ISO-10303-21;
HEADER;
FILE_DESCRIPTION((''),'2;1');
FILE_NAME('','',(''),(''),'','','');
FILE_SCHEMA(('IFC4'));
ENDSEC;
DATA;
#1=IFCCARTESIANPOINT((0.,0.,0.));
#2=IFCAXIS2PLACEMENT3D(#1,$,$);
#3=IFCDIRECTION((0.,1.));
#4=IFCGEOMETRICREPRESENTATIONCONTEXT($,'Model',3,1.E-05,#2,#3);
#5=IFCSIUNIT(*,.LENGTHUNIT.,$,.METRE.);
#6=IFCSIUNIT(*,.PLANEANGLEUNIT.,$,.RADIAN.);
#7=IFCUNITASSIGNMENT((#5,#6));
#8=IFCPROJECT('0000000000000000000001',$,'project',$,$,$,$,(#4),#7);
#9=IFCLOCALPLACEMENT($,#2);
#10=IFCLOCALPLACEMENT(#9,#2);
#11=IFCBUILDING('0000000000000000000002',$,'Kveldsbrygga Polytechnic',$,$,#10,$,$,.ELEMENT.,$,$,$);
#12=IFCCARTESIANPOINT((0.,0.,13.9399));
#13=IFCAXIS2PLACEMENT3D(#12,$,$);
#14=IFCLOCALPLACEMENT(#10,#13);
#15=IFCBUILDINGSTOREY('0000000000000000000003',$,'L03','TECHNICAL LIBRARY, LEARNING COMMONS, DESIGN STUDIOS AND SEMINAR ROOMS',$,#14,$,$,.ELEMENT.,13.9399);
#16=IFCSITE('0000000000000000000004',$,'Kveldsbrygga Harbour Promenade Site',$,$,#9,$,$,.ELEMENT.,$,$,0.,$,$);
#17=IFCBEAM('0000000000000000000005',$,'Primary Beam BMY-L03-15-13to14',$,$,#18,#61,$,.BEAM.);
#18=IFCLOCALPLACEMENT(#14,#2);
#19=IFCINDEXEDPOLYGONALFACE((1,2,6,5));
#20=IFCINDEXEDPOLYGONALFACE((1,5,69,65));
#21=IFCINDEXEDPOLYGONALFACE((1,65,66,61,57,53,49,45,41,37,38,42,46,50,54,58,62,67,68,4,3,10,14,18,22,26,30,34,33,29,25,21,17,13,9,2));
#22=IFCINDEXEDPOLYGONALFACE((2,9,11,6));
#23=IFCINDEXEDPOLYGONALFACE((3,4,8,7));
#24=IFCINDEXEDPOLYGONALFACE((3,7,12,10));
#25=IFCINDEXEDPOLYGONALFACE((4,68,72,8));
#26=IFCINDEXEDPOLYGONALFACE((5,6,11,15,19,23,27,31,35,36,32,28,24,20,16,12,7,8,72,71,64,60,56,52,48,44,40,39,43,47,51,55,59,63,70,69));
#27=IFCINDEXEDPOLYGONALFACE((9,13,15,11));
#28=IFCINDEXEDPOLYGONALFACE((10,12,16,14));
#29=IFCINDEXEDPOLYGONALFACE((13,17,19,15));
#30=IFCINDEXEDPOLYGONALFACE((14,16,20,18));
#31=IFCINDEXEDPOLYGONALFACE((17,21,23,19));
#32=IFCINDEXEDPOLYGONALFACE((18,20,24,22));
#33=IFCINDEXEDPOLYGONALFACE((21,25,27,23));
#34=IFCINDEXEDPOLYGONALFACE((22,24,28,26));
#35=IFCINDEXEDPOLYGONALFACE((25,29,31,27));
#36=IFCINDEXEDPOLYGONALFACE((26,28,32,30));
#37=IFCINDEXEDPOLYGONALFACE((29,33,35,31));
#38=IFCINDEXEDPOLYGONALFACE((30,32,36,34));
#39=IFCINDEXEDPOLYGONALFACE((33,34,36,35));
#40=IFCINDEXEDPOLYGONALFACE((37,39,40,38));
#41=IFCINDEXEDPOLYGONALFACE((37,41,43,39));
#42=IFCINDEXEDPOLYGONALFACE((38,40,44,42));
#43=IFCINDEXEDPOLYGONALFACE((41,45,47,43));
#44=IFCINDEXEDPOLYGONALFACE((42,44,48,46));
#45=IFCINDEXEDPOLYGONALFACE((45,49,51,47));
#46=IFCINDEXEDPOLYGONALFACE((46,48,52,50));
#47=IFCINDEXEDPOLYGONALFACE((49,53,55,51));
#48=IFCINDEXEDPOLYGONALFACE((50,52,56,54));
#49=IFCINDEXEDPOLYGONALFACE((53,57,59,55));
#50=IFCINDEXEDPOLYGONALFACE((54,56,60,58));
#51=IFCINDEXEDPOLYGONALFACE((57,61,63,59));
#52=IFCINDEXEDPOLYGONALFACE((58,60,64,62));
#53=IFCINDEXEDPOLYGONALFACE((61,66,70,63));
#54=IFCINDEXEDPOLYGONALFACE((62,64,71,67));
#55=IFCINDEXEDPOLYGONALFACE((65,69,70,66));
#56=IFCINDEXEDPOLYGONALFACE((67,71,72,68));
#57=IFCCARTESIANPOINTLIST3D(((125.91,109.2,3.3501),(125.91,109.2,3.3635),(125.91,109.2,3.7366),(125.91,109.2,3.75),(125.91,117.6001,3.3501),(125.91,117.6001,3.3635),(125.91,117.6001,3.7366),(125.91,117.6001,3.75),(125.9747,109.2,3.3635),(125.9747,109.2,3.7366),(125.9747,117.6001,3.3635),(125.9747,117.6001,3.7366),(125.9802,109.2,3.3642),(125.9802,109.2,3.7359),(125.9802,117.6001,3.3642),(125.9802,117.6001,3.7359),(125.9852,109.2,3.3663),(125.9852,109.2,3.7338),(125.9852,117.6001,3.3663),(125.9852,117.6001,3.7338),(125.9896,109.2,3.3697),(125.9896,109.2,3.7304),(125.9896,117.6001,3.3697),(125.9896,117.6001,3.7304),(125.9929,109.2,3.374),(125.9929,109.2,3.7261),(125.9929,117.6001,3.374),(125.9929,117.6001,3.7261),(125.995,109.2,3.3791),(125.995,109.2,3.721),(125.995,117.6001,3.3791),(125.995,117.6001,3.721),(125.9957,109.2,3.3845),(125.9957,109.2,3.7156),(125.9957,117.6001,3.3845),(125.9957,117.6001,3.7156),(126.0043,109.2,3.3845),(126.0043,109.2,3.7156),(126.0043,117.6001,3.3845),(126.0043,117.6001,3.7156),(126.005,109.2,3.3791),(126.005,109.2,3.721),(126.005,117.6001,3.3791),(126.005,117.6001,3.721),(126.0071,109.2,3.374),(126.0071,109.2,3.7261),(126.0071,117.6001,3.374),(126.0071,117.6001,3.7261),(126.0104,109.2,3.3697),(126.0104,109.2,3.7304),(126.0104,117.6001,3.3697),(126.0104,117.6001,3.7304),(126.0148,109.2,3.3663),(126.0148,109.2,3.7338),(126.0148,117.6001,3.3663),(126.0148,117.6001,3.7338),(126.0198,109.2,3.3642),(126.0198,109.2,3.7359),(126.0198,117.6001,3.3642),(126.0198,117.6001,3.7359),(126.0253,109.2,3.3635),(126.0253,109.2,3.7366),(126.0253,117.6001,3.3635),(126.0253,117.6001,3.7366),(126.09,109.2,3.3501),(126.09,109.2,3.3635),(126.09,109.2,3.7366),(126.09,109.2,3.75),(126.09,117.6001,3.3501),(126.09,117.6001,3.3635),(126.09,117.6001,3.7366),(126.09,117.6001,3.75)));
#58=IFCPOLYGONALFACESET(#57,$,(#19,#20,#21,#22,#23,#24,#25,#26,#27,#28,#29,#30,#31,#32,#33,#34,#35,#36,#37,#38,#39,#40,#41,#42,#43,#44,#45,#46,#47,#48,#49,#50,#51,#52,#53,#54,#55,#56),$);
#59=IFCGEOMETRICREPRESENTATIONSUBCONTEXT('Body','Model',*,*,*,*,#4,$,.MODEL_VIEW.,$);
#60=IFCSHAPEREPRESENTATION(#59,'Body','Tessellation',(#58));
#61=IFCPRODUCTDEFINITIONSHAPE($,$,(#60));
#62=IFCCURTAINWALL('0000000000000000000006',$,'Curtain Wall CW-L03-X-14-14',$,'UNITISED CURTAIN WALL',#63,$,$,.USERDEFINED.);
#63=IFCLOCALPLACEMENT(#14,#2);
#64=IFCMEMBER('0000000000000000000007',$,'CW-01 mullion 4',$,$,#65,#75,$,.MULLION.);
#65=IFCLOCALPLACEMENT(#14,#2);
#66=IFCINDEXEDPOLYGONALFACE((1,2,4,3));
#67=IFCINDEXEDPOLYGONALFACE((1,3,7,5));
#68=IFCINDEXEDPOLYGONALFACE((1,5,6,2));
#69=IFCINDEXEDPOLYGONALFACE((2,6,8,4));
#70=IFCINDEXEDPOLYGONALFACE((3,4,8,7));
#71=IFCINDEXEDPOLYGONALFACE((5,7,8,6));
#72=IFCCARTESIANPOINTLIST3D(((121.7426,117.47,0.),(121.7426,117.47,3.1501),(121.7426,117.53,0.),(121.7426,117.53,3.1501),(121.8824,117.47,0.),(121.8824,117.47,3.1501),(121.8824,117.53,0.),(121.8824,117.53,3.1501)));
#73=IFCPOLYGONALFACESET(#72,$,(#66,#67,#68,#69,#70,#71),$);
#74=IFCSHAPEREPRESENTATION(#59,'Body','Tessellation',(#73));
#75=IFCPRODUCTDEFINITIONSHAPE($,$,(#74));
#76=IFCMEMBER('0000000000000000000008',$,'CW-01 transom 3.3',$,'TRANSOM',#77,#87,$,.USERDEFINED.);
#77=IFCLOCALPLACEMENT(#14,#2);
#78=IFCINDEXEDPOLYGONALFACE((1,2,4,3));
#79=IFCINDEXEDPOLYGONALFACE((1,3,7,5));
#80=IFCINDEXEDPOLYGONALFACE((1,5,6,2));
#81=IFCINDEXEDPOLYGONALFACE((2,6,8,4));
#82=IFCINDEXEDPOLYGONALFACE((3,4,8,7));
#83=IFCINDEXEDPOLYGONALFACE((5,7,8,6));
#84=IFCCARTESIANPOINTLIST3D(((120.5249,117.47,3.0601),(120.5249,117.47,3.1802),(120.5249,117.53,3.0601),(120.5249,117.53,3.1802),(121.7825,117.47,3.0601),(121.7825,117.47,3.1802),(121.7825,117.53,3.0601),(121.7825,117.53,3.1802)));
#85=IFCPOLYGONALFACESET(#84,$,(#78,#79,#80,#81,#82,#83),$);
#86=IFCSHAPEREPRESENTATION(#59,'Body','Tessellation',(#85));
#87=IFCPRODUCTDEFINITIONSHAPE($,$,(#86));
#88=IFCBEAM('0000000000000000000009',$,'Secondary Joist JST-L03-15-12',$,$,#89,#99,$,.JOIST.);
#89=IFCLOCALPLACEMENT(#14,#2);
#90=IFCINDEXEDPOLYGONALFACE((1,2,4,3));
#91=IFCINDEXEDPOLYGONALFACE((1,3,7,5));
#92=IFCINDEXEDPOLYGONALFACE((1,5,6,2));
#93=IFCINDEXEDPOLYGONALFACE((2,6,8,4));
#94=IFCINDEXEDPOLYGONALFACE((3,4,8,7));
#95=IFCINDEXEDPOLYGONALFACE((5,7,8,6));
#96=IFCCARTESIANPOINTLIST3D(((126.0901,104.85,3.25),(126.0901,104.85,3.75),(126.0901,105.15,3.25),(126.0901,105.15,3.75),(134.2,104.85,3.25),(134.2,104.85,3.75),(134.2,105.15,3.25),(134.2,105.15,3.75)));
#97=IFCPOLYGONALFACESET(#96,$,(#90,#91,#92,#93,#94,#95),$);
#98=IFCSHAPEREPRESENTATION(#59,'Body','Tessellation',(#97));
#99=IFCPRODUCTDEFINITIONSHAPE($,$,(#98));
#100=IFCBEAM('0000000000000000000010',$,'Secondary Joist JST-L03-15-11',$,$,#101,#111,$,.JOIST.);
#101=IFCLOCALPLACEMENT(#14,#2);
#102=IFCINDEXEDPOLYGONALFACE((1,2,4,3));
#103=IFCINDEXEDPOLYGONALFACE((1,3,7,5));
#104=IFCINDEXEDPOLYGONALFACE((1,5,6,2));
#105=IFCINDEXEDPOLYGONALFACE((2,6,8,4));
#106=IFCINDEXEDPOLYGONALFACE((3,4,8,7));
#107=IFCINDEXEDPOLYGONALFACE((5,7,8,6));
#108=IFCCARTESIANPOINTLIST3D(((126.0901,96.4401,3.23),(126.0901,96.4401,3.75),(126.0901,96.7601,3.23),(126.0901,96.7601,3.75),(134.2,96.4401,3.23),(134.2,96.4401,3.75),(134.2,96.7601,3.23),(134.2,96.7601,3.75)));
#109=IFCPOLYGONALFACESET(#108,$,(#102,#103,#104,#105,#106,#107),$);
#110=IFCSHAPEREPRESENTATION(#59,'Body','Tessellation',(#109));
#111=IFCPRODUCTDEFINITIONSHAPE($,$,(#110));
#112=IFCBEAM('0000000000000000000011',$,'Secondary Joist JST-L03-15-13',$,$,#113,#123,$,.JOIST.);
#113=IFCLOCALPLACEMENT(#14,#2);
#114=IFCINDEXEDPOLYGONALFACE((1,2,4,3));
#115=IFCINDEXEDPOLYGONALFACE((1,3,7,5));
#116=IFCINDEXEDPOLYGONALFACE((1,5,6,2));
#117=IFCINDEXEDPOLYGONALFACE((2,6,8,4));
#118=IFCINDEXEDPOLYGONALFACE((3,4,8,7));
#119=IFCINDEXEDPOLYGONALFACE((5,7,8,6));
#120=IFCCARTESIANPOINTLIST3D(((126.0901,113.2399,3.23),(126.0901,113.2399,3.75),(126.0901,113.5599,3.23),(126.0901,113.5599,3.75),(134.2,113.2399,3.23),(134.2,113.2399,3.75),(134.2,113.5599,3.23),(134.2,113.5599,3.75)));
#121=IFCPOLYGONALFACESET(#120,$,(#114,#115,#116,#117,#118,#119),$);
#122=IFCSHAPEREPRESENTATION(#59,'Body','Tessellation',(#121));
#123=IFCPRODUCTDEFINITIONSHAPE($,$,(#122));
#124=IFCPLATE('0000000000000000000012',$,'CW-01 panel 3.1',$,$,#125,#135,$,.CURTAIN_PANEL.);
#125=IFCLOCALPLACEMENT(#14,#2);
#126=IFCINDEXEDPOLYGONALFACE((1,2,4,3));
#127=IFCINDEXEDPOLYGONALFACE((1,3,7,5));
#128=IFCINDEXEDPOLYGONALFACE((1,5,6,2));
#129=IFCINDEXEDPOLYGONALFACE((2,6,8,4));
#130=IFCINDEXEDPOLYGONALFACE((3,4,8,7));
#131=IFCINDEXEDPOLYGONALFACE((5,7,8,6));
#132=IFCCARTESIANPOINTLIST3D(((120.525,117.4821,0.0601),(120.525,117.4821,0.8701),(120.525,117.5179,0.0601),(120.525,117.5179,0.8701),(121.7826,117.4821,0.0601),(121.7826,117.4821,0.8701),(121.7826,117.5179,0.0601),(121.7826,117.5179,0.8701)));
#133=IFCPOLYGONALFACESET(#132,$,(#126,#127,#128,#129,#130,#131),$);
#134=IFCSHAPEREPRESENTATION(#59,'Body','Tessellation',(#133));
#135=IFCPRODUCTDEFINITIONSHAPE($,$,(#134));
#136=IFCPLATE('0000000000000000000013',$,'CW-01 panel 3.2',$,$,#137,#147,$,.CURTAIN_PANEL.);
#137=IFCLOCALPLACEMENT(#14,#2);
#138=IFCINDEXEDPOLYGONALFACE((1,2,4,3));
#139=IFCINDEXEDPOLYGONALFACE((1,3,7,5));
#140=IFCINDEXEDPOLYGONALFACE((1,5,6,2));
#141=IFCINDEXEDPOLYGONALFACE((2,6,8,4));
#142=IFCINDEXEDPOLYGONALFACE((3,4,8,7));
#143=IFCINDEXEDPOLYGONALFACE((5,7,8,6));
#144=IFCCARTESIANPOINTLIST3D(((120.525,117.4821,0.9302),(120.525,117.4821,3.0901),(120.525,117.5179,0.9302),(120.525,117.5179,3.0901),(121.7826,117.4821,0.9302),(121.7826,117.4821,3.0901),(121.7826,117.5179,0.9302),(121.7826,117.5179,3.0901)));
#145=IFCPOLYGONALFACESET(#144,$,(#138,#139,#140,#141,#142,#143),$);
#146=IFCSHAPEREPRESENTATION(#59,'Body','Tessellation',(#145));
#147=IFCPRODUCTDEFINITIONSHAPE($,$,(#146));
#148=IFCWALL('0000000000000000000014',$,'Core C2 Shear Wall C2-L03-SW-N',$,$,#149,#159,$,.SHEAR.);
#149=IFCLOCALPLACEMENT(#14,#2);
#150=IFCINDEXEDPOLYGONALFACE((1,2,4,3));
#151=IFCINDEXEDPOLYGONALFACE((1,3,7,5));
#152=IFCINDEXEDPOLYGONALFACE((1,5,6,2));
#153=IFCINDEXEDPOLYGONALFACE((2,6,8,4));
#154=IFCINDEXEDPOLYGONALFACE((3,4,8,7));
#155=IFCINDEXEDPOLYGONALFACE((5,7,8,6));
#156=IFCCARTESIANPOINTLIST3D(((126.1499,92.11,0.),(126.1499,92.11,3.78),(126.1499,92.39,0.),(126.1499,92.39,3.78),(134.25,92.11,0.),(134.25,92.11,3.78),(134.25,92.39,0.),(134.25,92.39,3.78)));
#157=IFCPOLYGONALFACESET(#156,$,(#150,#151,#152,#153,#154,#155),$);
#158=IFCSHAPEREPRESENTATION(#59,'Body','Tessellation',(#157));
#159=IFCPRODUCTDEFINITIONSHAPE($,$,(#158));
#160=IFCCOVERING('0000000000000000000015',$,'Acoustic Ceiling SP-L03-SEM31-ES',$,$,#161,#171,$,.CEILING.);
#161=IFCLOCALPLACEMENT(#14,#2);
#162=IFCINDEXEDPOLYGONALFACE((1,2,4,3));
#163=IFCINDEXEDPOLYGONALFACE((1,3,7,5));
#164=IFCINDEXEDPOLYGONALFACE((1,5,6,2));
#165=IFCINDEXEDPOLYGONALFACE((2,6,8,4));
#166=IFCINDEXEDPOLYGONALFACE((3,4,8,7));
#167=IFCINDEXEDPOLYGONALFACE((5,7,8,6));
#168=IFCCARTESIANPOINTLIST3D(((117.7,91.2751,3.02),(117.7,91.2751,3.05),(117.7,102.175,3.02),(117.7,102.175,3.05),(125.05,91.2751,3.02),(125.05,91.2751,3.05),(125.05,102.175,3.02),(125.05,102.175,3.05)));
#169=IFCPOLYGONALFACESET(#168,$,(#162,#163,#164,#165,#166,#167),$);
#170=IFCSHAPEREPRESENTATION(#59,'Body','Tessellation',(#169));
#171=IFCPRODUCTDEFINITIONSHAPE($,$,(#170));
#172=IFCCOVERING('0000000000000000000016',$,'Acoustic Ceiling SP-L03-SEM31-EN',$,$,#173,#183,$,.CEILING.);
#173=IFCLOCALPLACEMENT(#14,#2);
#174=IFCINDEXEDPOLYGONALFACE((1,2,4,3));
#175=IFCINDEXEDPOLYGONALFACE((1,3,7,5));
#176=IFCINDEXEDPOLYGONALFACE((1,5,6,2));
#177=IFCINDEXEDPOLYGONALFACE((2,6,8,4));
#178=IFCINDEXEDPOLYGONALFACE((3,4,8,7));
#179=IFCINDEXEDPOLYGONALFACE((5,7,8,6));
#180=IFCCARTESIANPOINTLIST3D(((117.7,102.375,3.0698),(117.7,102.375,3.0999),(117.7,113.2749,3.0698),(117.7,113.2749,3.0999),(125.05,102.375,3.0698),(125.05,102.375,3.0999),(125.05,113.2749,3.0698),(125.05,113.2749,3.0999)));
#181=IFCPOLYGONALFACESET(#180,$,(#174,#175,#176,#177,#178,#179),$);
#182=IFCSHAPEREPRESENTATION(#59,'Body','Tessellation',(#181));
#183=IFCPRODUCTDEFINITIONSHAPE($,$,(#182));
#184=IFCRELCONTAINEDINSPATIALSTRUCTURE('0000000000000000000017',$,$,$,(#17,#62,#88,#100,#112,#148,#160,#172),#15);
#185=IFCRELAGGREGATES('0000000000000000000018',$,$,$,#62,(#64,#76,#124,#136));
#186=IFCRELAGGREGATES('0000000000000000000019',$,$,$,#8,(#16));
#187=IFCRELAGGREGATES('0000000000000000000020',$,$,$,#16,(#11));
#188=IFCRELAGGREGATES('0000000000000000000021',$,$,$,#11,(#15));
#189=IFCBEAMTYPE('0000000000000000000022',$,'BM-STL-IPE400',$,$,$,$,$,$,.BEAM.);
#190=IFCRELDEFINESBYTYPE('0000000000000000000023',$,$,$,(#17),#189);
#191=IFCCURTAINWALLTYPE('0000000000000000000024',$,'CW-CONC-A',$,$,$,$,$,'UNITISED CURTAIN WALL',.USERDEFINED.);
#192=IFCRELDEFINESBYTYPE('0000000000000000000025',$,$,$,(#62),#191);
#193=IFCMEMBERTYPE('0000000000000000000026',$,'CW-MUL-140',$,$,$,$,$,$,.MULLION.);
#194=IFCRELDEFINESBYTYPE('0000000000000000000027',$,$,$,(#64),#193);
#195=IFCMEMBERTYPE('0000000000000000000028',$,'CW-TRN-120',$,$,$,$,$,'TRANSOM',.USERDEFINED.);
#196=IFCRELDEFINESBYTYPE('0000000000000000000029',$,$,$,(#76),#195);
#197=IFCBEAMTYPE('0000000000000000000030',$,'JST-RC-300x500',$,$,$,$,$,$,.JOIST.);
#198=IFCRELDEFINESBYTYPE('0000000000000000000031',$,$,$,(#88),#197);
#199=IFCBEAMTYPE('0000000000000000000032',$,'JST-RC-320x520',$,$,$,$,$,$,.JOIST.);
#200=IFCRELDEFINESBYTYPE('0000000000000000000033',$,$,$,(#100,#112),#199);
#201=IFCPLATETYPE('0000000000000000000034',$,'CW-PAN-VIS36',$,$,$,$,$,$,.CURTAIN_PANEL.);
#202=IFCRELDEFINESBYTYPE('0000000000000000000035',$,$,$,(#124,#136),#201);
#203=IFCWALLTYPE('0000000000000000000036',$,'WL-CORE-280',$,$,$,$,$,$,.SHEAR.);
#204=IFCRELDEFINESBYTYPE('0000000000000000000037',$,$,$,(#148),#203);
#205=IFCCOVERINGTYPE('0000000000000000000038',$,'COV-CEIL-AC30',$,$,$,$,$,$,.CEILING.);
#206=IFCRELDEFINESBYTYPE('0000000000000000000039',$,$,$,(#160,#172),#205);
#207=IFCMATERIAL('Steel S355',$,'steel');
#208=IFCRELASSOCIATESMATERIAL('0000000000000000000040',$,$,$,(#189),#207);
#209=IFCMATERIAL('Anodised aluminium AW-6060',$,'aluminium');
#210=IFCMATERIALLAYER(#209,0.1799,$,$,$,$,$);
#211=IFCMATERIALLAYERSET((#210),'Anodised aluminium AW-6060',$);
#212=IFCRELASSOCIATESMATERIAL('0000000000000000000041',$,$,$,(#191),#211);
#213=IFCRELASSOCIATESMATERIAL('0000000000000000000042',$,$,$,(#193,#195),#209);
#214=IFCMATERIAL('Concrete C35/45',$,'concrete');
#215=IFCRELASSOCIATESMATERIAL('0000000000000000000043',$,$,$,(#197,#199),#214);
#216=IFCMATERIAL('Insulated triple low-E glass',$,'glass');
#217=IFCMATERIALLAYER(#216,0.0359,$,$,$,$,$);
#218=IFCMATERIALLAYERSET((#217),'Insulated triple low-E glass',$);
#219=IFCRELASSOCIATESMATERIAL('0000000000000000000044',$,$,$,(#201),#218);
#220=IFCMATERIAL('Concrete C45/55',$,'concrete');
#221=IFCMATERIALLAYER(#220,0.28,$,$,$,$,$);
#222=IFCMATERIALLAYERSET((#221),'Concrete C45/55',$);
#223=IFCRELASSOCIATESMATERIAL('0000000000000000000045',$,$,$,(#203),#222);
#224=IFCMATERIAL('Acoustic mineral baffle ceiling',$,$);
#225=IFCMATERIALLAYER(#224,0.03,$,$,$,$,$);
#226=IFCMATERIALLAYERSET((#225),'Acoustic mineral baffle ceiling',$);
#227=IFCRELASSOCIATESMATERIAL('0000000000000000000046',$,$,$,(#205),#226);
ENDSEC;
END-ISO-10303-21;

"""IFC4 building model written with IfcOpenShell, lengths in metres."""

from ifc_helpers import new_model, si_unit, direction, frame, frame_2d, origin, origin_2d, place, context, subcontext, project, spatial, rectangle, i_section, extrude, material, layer, layer_set, material_profile, profile_set, type_object, element, aggregate, save


model = new_model("IFC4")

# Units and contexts
model_context = context("Model", 3, precision=1e-05, world=origin(), true_north=direction((0.0, 1.0)))
body_context = subcontext(model_context, "Body", "Model", "MODEL_VIEW")
ifc_project = project(units=[si_unit("LENGTHUNIT", "METRE"), si_unit("PLANEANGLEUNIT", "RADIAN")], contexts=[model_context])

# Site, building, storey
site_placement = place(None, origin())
site = spatial("IfcSite", under=ifc_project, at=site_placement, Name="Kveldsbrygga Harbour Promenade Site", CompositionType="ELEMENT", RefElevation=0.0)
building_placement = place(site_placement, origin())
building = spatial("IfcBuilding", under=site, at=building_placement, Name="Kveldsbrygga Polytechnic", CompositionType="ELEMENT")
storey_placement = place(building_placement, frame((0.0, 0.0, 13.9399)))
storey = spatial("IfcBuildingStorey", under=building, at=storey_placement, Name="L03", Description="TECHNICAL LIBRARY, LEARNING COMMONS, DESIGN STUDIOS AND SEMINAR ROOMS", CompositionType="ELEMENT", Elevation=13.9399)

# Shared definitions
ifc_material_1 = material(Name="Concrete C45/55", Category="concrete")

# Beam
ifc_material_2 = material(Name="Concrete C35/45", Category="concrete")
ifc_material_3 = material(Name="Steel S355", Category="steel")
ifc_material_profile_1 = material_profile(ifc_material_3, i_section(OverallWidth=0.1799, OverallDepth=0.3999, WebThickness=0.0085, FlangeThickness=0.0134, FilletRadius=0.021, at=origin_2d()), Name="IPE 400")
ifc_profile_set_1 = profile_set([ifc_material_profile_1], Name="Steel S355")
beam_type_1 = type_object("IfcBeamType", Name="BM-STL-IPE400", PredefinedType="BEAM", material=ifc_profile_set_1)
beam_1_placement = place(storey_placement, frame((126.0, 109.2, 3.55), z_axis=(0.0, 1.0, 0.0), x_axis=(-1.0, 0.0, 0.0)))
element("IfcBeam", 1, at=beam_1_placement, inside=storey, type_object=beam_type_1, Name="Primary Beam BMY-L03-15-13to14", PredefinedType="BEAM", context=body_context, shape_type="SweptSolid", body=[
    extrude(i_section(OverallWidth=0.1799, OverallDepth=0.3999, WebThickness=0.0085, FlangeThickness=0.0134, FilletRadius=0.021, at=origin_2d()), origin(), (0.0, 0.0, 1.0), 8.4001),
])

# Curtain wall, members
ifc_material_4 = material(Name="Anodised aluminium AW-6060", Category="aluminium")
ifc_layer_1 = layer(ifc_material_4, 0.1799)
ifc_layer_set_1 = layer_set([ifc_layer_1], Name="Anodised aluminium AW-6060")
curtain_wall_type = type_object("IfcCurtainWallType", Name="CW-CONC-A", ElementType="UNITISED CURTAIN WALL", PredefinedType="USERDEFINED", material=ifc_layer_set_1)
curtain_wall_placement = place(storey_placement, origin())
curtain_wall = element("IfcCurtainWall", 2, at=curtain_wall_placement, inside=storey, type_object=curtain_wall_type, Name="Curtain Wall CW-L03-X-14-14", ObjectType="UNITISED CURTAIN WALL", PredefinedType="USERDEFINED")
ifc_material_profile_2 = material_profile(ifc_material_4, rectangle(XDim=0.0601, YDim=0.1399, at=origin_2d()), Name="ALU 60x140")
ifc_profile_set_2 = profile_set([ifc_material_profile_2], Name="Anodised aluminium AW-6060")
member_type_1 = type_object("IfcMemberType", Name="CW-MUL-140", PredefinedType="MULLION", material=ifc_profile_set_2)
member_1_placement = place(storey_placement, frame((121.8125, 117.5, 0.0), z_axis=(0.0, 0.0, 1.0), x_axis=(0.0, 1.0, 0.0)))
member_1 = element("IfcMember", 3, at=member_1_placement, type_object=member_type_1, Name="CW-01 mullion 4", PredefinedType="MULLION", context=body_context, shape_type="SweptSolid", body=[
    extrude(rectangle(XDim=0.0601, YDim=0.1399, at=origin_2d()), origin(), (0.0, 0.0, 1.0), 3.1501),
])
ifc_material_profile_3 = material_profile(ifc_material_4, rectangle(XDim=0.0601, YDim=0.1201, at=origin_2d()), Name="ALU 60x120")
ifc_profile_set_3 = profile_set([ifc_material_profile_3], Name="Anodised aluminium AW-6060")
member_type_2 = type_object("IfcMemberType", Name="CW-TRN-120", ElementType="TRANSOM", PredefinedType="USERDEFINED", material=ifc_profile_set_3)
member_2_placement = place(storey_placement, frame((120.5249, 117.5, 3.1201), z_axis=(1.0, 0.0, 0.0), x_axis=(0.0, 1.0, 0.0)))
member_2 = element("IfcMember", 4, at=member_2_placement, type_object=member_type_2, Name="CW-01 transom 3.3", ObjectType="TRANSOM", PredefinedType="USERDEFINED", context=body_context, shape_type="SweptSolid", body=[
    extrude(rectangle(XDim=0.0601, YDim=0.1201, at=origin_2d()), origin(), (0.0, 0.0, 1.0), 1.2576),
])

# Beams
ifc_material_profile_4 = material_profile(ifc_material_2, rectangle(XDim=0.3, YDim=0.5, at=origin_2d()), Name="RC 300x500")
ifc_profile_set_4 = profile_set([ifc_material_profile_4], Name="Concrete C35/45")
beam_type_2 = type_object("IfcBeamType", Name="JST-RC-300x500", PredefinedType="JOIST", material=ifc_profile_set_4)
beam_2_placement = place(storey_placement, frame((126.0901, 105.0, 3.5), z_axis=(1.0, 0.0, 0.0), x_axis=(0.0, 1.0, 0.0)))
element("IfcBeam", 5, at=beam_2_placement, inside=storey, type_object=beam_type_2, Name="Secondary Joist JST-L03-15-12", PredefinedType="JOIST", context=body_context, shape_type="SweptSolid", body=[
    extrude(rectangle(XDim=0.3, YDim=0.5, at=origin_2d()), origin(), (0.0, 0.0, 1.0), 8.1099),
])
ifc_material_profile_5 = material_profile(ifc_material_2, rectangle(XDim=0.3201, YDim=0.52, at=origin_2d()), Name="RC 320x520")
ifc_profile_set_5 = profile_set([ifc_material_profile_5], Name="Concrete C35/45")
beam_type_3 = type_object("IfcBeamType", Name="JST-RC-320x520", PredefinedType="JOIST", material=ifc_profile_set_5)
for number, where, z_axis, x_axis, name in (
    (6, (126.0901, 96.6001, 3.49), (1.0, 0.0, 0.0), (0.0, 1.0, 0.0), "Secondary Joist JST-L03-15-11"),
    (7, (126.0901, 113.3999, 3.49), (1.0, 0.0, 0.0), (0.0, 1.0, 0.0), "Secondary Joist JST-L03-15-13"),
):
    element("IfcBeam", number, at=place(storey_placement, frame(where, z_axis=z_axis, x_axis=x_axis)), inside=storey, type_object=beam_type_3, Name=name, PredefinedType="JOIST", context=body_context, shape_type="SweptSolid", body=[
        extrude(rectangle(XDim=0.3201, YDim=0.52, at=origin_2d()), origin(), (0.0, 0.0, 1.0), 8.1099),
    ])

# Plates
ifc_material_5 = material(Name="Insulated triple low-E glass", Category="glass")
ifc_layer_2 = layer(ifc_material_5, 0.0359)
ifc_layer_set_2 = layer_set([ifc_layer_2], Name="Insulated triple low-E glass")
plate_type = type_object("IfcPlateType", Name="CW-PAN-VIS36", PredefinedType="CURTAIN_PANEL", material=ifc_layer_set_2)
plate_1_placement = place(storey_placement, frame((121.1538, 117.5, 0.0601), z_axis=(0.0, 0.0, 1.0), x_axis=(1.0, 0.0, 0.0)))
plate_1 = element("IfcPlate", 8, at=plate_1_placement, type_object=plate_type, Name="CW-01 panel 3.1", PredefinedType="CURTAIN_PANEL", context=body_context, shape_type="SweptSolid", body=[
    extrude(rectangle(XDim=1.2576, YDim=0.0359, at=origin_2d()), origin(), (0.0, 0.0, 1.0), 0.8101),
])
plate_2_placement = place(storey_placement, frame((121.1538, 117.5, 0.9302), z_axis=(0.0, 0.0, 1.0), x_axis=(1.0, 0.0, 0.0)))
plate_2 = element("IfcPlate", 9, at=plate_2_placement, type_object=plate_type, Name="CW-01 panel 3.2", PredefinedType="CURTAIN_PANEL", context=body_context, shape_type="SweptSolid", body=[
    extrude(rectangle(XDim=1.2576, YDim=0.0359, at=origin_2d()), origin(), (0.0, 0.0, 1.0), 2.1599),
])
aggregate(curtain_wall, [member_1, member_2, plate_1, plate_2])

# Wall
ifc_layer_3 = layer(ifc_material_1, 0.28)
ifc_layer_set_3 = layer_set([ifc_layer_3], Name="Concrete C45/55")
wall_type = type_object("IfcWallType", Name="WL-CORE-280", PredefinedType="SHEAR", material=ifc_layer_set_3)
wall_placement = place(storey_placement, frame((126.1499, 92.25, 0.0), z_axis=(0.0, 0.0, 1.0), x_axis=(1.0, 0.0, 0.0)))
element("IfcWall", 10, at=wall_placement, inside=storey, type_object=wall_type, Name="Core C2 Shear Wall C2-L03-SW-N", PredefinedType="SHEAR", context=body_context, shape_type="SweptSolid", body=[
    extrude(rectangle(XDim=8.1001, YDim=0.28, at=frame_2d((4.05, 0.0))), origin(), (0.0, 0.0, 1.0), 3.78),
])

# Coverings
ifc_material_6 = material(Name="Acoustic mineral baffle ceiling")
ifc_layer_4 = layer(ifc_material_6, 0.03)
ifc_layer_set_4 = layer_set([ifc_layer_4], Name="Acoustic mineral baffle ceiling")
covering_type_1 = type_object("IfcCoveringType", Name="COV-CEIL-AC30", PredefinedType="CEILING", material=ifc_layer_set_4)
for number, where, z_axis, x_axis, name in (
    (11, (121.375, 96.7251, 3.02), (0.0, 0.0, 1.0), (1.0, 0.0, 0.0), "Acoustic Ceiling SP-L03-SEM31-ES"),
    (12, (121.375, 107.825, 3.0698), (0.0, 0.0, 1.0), (1.0, 0.0, 0.0), "Acoustic Ceiling SP-L03-SEM31-EN"),
):
    element("IfcCovering", number, at=place(storey_placement, frame(where, z_axis=z_axis, x_axis=x_axis)), inside=storey, type_object=covering_type_1, Name=name, PredefinedType="CEILING", context=body_context, shape_type="SweptSolid", body=[
        extrude(rectangle(XDim=7.3501, YDim=10.8999, at=origin_2d()), origin(), (0.0, 0.0, 1.0), 0.03),
    ])

save(model, "model.ifc")
